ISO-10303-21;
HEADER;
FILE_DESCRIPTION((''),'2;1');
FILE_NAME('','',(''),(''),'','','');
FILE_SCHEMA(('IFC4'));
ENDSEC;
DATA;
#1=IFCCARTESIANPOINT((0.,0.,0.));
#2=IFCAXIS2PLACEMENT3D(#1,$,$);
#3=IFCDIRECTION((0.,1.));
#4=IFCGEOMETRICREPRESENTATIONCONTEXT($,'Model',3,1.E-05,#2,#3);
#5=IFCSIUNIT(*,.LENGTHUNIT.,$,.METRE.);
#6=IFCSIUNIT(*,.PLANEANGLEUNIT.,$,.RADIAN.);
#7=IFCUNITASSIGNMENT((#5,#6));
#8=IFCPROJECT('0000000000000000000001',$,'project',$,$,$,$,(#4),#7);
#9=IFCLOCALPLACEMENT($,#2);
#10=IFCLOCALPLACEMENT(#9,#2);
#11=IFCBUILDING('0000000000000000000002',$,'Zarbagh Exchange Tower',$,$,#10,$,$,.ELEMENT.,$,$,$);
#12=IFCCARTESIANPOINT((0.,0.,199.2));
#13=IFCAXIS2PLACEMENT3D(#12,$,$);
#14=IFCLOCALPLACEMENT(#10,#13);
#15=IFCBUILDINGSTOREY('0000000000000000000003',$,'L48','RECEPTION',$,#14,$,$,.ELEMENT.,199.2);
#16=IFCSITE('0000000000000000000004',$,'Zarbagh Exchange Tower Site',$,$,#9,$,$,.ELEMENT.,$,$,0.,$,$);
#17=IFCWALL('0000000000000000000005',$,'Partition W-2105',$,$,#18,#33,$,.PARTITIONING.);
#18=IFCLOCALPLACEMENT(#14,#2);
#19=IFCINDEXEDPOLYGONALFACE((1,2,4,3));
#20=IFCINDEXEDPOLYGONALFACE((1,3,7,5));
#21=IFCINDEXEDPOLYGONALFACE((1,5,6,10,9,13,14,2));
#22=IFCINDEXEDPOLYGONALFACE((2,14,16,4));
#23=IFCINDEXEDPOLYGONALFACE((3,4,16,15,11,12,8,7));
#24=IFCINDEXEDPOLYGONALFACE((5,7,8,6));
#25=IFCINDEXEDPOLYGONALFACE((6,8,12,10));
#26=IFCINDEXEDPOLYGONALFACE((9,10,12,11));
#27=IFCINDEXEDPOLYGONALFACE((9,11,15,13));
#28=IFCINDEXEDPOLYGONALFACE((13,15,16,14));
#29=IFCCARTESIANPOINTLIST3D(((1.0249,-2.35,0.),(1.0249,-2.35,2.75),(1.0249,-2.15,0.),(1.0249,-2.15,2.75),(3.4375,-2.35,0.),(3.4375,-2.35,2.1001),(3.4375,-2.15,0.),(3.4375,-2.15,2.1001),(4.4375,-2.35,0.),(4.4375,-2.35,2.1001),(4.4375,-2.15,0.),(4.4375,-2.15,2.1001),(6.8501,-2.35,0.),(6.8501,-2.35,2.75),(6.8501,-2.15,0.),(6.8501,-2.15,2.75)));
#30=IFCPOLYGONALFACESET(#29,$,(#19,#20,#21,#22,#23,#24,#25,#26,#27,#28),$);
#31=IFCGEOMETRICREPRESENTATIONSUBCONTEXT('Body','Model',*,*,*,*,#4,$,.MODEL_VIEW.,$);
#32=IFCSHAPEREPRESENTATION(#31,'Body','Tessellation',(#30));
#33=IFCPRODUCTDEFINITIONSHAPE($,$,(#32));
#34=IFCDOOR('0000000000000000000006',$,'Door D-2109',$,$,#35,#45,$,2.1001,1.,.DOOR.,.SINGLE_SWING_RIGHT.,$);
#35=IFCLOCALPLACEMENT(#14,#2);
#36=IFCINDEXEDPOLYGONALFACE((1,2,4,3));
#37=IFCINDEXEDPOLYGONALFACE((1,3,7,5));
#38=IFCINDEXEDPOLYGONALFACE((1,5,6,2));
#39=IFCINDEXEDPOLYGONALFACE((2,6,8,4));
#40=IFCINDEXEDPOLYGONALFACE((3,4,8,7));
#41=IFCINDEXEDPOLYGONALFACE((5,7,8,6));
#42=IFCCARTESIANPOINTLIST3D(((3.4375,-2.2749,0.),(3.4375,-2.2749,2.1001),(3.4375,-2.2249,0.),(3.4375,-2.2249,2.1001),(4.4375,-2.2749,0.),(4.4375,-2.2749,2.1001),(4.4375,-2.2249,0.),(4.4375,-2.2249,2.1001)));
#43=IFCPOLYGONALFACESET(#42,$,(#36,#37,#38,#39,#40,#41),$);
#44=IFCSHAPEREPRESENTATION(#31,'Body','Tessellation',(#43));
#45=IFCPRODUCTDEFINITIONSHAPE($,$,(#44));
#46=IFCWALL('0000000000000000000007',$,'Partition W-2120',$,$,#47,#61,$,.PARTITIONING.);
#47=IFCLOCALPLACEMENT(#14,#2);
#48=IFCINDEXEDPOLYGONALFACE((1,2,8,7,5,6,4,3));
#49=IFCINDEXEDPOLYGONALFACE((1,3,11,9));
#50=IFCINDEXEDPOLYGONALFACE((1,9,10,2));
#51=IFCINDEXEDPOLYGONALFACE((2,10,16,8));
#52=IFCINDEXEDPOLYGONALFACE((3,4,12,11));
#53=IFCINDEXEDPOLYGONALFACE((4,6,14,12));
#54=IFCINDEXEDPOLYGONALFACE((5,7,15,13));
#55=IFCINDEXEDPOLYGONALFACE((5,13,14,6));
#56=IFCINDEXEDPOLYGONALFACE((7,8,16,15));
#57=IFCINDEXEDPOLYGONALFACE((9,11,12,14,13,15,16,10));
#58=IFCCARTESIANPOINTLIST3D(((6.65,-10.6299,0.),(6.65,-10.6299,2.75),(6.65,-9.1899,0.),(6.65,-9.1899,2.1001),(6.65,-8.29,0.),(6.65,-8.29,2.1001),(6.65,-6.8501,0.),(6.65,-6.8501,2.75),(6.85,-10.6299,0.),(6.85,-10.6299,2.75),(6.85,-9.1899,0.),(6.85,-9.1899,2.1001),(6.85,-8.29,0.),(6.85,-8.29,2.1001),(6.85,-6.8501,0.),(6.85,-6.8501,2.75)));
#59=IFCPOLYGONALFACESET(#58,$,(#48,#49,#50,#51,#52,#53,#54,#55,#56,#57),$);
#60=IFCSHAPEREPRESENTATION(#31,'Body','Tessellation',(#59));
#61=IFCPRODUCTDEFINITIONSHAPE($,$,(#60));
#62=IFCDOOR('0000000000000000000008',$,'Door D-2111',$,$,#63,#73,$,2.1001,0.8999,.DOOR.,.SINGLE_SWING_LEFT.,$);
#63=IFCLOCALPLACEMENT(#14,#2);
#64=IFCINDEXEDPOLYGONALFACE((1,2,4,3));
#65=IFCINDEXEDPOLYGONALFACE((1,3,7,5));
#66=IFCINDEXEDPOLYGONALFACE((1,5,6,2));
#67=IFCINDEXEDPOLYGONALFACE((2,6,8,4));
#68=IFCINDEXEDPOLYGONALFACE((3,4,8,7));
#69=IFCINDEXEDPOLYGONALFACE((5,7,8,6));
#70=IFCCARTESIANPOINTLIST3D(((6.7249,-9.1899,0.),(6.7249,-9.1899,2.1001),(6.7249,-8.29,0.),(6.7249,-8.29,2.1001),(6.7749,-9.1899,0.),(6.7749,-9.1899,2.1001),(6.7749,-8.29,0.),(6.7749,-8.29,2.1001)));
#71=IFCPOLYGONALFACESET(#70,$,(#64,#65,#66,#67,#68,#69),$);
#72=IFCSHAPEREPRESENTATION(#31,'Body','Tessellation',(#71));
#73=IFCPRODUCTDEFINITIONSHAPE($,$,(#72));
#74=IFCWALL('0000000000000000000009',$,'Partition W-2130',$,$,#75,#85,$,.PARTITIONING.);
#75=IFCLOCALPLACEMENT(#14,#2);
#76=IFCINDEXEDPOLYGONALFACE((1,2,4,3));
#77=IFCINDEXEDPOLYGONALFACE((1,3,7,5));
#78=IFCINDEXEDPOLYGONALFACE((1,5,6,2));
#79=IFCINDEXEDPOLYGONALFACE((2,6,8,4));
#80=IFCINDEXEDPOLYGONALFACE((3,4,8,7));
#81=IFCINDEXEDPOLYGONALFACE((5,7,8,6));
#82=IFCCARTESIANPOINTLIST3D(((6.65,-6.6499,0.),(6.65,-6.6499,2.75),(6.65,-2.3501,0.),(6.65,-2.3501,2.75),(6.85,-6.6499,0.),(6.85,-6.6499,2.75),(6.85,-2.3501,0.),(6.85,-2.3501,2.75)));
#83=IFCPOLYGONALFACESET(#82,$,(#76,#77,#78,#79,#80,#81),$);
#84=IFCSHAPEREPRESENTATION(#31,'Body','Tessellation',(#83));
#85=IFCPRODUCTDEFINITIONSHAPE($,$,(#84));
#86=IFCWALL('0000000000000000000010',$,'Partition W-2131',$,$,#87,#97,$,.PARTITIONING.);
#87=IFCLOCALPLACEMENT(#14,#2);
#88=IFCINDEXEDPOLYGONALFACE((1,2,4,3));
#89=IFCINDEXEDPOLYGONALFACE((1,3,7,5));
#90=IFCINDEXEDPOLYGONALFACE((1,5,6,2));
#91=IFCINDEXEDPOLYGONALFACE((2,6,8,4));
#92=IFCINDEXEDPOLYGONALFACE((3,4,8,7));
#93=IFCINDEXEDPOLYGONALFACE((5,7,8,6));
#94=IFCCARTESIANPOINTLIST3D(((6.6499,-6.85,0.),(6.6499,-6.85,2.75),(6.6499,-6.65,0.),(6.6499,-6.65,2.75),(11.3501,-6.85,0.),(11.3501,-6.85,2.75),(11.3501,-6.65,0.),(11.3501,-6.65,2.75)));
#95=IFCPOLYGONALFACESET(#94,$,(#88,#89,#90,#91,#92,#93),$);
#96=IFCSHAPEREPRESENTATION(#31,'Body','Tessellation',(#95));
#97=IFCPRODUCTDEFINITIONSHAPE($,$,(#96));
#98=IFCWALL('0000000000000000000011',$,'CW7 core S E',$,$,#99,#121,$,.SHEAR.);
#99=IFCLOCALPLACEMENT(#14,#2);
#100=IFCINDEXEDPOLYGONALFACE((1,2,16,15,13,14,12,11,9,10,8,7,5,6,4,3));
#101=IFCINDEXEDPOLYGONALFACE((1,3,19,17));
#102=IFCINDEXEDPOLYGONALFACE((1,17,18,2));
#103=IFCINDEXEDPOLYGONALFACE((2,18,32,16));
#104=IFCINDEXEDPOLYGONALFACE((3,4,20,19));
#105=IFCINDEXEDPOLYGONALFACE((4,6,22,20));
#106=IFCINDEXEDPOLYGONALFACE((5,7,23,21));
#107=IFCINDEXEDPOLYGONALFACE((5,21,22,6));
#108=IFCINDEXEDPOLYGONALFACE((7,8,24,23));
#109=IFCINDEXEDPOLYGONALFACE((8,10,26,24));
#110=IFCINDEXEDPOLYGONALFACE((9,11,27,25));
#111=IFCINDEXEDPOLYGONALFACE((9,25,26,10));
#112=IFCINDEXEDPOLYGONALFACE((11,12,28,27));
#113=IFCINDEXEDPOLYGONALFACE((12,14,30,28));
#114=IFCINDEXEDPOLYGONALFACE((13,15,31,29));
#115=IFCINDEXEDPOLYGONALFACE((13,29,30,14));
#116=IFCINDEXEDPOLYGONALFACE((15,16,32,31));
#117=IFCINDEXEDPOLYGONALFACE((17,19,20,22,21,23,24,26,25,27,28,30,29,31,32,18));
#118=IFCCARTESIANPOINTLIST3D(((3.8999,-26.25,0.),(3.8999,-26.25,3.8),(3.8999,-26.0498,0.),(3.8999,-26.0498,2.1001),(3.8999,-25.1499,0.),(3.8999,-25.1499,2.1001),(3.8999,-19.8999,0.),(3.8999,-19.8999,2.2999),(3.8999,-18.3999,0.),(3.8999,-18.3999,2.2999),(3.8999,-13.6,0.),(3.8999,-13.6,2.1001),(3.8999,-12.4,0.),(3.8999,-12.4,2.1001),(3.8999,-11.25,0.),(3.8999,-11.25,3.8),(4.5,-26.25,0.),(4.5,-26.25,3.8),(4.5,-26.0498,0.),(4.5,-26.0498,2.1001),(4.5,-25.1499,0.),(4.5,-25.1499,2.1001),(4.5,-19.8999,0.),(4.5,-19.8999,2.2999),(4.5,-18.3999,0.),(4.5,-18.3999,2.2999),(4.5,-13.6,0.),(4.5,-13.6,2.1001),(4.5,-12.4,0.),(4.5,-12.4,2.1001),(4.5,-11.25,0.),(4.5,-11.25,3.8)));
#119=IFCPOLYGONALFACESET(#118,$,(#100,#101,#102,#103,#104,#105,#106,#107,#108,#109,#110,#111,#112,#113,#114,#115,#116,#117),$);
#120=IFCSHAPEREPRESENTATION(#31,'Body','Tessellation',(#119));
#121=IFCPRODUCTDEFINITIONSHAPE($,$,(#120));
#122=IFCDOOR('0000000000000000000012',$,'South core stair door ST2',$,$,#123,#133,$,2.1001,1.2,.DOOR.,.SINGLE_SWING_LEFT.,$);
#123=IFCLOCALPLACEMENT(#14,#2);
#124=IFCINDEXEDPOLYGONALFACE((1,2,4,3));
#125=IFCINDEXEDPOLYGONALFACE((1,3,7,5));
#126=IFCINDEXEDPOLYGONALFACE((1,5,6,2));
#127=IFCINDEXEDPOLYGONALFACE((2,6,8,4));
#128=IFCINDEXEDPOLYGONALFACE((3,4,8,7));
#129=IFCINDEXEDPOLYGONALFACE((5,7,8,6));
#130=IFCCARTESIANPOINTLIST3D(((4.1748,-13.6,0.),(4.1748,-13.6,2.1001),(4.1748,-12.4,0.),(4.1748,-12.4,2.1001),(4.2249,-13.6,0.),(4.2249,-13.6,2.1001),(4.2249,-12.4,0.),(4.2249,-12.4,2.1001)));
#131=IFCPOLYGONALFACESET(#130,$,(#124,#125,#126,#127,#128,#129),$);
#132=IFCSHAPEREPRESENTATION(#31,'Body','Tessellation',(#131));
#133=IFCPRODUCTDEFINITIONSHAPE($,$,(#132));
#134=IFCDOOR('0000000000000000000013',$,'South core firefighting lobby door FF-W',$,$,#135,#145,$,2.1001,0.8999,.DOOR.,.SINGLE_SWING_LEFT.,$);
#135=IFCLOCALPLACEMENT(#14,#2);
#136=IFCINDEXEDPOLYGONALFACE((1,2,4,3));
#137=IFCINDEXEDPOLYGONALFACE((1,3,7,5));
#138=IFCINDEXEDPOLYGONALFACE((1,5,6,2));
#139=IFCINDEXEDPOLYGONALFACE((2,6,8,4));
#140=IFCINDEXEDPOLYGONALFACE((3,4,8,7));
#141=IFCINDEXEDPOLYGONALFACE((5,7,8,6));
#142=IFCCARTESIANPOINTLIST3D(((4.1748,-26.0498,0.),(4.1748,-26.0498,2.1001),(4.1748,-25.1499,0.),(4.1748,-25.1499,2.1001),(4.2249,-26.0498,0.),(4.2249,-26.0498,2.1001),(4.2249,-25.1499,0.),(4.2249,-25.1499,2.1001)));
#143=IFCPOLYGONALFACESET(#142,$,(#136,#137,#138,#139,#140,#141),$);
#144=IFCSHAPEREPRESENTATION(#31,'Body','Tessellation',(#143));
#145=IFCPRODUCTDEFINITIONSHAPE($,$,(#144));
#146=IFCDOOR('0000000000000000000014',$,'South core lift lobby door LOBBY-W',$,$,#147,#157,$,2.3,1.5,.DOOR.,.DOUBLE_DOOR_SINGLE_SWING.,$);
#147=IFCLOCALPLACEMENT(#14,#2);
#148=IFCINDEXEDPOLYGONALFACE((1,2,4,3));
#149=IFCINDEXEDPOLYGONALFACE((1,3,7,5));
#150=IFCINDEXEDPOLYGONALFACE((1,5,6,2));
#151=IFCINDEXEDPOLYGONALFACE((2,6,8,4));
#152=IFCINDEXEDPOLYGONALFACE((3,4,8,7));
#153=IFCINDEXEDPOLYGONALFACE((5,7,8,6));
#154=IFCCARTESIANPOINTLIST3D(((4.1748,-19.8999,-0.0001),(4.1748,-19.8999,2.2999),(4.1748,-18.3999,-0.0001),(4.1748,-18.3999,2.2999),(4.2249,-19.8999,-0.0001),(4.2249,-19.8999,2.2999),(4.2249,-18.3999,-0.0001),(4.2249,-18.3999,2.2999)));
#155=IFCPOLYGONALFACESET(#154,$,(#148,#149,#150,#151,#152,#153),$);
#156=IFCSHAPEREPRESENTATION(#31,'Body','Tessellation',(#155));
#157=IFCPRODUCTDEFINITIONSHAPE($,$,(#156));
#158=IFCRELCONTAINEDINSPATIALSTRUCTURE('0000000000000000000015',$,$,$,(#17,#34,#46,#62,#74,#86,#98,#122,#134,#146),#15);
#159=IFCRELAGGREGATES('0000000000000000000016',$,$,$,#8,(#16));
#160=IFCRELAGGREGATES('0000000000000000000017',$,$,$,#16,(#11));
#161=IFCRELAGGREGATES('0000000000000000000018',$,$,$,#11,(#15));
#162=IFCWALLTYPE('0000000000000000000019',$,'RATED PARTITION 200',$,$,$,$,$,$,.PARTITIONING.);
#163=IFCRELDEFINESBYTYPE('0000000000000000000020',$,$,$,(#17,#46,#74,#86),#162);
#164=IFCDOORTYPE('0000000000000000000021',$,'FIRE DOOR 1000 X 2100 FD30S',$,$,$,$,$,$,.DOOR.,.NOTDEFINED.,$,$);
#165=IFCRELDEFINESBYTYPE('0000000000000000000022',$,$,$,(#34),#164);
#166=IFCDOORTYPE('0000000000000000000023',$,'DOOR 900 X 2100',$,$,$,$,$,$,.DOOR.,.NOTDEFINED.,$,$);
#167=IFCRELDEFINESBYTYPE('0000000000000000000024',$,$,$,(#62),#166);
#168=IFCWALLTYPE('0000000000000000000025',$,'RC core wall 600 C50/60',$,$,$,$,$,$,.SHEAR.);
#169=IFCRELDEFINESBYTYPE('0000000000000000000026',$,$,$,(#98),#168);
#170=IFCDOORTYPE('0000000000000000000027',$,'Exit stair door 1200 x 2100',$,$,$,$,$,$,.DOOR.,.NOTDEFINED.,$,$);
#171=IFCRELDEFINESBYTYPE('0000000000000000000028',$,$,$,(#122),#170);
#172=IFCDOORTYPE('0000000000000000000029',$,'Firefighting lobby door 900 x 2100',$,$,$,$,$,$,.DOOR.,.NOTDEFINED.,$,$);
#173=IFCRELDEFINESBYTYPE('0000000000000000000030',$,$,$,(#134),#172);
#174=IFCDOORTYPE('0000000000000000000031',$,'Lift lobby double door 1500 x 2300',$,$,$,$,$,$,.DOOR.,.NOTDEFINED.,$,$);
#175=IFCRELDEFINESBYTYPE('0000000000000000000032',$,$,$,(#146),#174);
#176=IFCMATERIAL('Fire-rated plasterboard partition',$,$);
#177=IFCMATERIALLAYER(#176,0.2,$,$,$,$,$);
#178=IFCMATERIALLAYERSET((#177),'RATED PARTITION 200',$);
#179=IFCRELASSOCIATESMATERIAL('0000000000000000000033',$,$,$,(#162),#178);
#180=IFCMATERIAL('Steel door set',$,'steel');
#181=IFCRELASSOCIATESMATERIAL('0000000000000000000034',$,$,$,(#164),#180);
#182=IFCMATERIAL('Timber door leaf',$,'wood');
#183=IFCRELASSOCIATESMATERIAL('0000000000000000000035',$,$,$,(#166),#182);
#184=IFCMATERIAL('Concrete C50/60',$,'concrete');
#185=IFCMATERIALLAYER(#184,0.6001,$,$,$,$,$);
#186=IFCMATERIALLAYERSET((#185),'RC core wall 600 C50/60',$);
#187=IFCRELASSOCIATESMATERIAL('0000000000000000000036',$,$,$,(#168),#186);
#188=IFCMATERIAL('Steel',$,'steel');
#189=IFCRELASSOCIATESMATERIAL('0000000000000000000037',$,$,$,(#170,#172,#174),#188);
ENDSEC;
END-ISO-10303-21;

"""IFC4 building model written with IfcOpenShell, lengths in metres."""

from ifc_helpers import new_model, si_unit, direction, frame, frame_2d, origin, place, context, subcontext, project, spatial, rectangle, extrude, material, layer, layer_set, type_object, element, fill, save


model = new_model("IFC4")

# Units and contexts
model_context = context("Model", 3, precision=1e-05, world=origin(), true_north=direction((0.0, 1.0)))
body_context = subcontext(model_context, "Body", "Model", "MODEL_VIEW")
ifc_project = project(units=[si_unit("LENGTHUNIT", "METRE"), si_unit("PLANEANGLEUNIT", "RADIAN")], contexts=[model_context])

# Site, building, storey
site_placement = place(None, origin())
site = spatial("IfcSite", under=ifc_project, at=site_placement, Name="Zarbagh Exchange Tower Site", CompositionType="ELEMENT", RefElevation=0.0)
building_placement = place(site_placement, origin())
building = spatial("IfcBuilding", under=site, at=building_placement, Name="Zarbagh Exchange Tower", CompositionType="ELEMENT")
storey_placement = place(building_placement, frame((0.0, 0.0, 199.2)))
storey = spatial("IfcBuildingStorey", under=building, at=storey_placement, Name="L48", Description="RECEPTION", CompositionType="ELEMENT", Elevation=199.2)

# Shared definitions
ifc_material_1 = material(Name="Concrete C50/60", Category="concrete")

# Walls, openings, doors
ifc_material_2 = material(Name="Fire-rated plasterboard partition")
ifc_layer_1 = layer(ifc_material_2, 0.2)
ifc_layer_set_1 = layer_set([ifc_layer_1], Name="RATED PARTITION 200")
wall_type_1 = type_object("IfcWallType", Name="RATED PARTITION 200", PredefinedType="PARTITIONING", material=ifc_layer_set_1)
wall_1_placement = place(storey_placement, frame((6.8501, -2.25, 0.0), z_axis=(0.0, 0.0, 1.0), x_axis=(-1.0, 0.0, 0.0)))
wall_1 = element("IfcWall", 1, at=wall_1_placement, inside=storey, type_object=wall_type_1, Name="Partition W-2105", PredefinedType="PARTITIONING", context=body_context, shape_type="SweptSolid", body=[
    extrude(rectangle(XDim=5.8252, YDim=0.2, at=frame_2d((2.9126, 0.0))), origin(), (0.0, 0.0, 1.0), 2.75),
])
opening_1_placement = place(wall_1_placement, frame((2.4126, 0.0, 0.0)))
opening_1 = element("IfcOpeningElement", 2, at=opening_1_placement, cuts=wall_1, PredefinedType="OPENING", context=body_context, shape_type="SweptSolid", body=[
    extrude(rectangle(XDim=1.0, YDim=2.1001, at=frame_2d((0.5, 1.05))), frame((0.0, 0.1099, 0.0), z_axis=(0.0, -1.0, 0.0), x_axis=(1.0, 0.0, 0.0)), (0.0, 0.0, 1.0), 0.22),
])
ifc_material_3 = material(Name="Steel door set", Category="steel")
door_type_1 = type_object("IfcDoorType", Name="FIRE DOOR 1000 X 2100 FD30S", OperationType="NOTDEFINED", PredefinedType="DOOR", material=ifc_material_3)
door_1_placement = place(opening_1_placement, origin())
door_1 = element("IfcDoor", 3, at=door_1_placement, inside=storey, type_object=door_type_1, Name="Door D-2109", OperationType="SINGLE_SWING_RIGHT", OverallHeight=2.1001, OverallWidth=1.0, PredefinedType="DOOR", context=body_context, shape_type="SweptSolid", body=[
    extrude(rectangle(XDim=1.0, YDim=2.1001, at=frame_2d((0.5, 1.05))), frame((0.0, 0.0249, 0.0), z_axis=(0.0, -1.0, 0.0), x_axis=(1.0, 0.0, 0.0)), (0.0, 0.0, 1.0), 0.05),
])
fill(opening_1, door_1)
wall_2_placement = place(storey_placement, frame((6.75, -6.8501, 0.0), z_axis=(0.0, 0.0, 1.0), x_axis=(0.0, -1.0, 0.0)))
wall_2 = element("IfcWall", 4, at=wall_2_placement, inside=storey, type_object=wall_type_1, Name="Partition W-2120", PredefinedType="PARTITIONING", context=body_context, shape_type="SweptSolid", body=[
    extrude(rectangle(XDim=3.7798, YDim=0.2, at=frame_2d((1.8899, 0.0))), origin(), (0.0, 0.0, 1.0), 2.75),
])
opening_2_placement = place(wall_2_placement, frame((1.4399, 0.0, 0.0)))
opening_2 = element("IfcOpeningElement", 5, at=opening_2_placement, cuts=wall_2, PredefinedType="OPENING", context=body_context, shape_type="SweptSolid", body=[
    extrude(rectangle(XDim=0.8999, YDim=2.1001, at=frame_2d((0.45, 1.05))), frame((0.0, 0.1099, 0.0), z_axis=(0.0, -1.0, 0.0), x_axis=(1.0, 0.0, 0.0)), (0.0, 0.0, 1.0), 0.22),
])
ifc_material_4 = material(Name="Timber door leaf", Category="wood")
door_type_2 = type_object("IfcDoorType", Name="DOOR 900 X 2100", OperationType="NOTDEFINED", PredefinedType="DOOR", material=ifc_material_4)
door_2_placement = place(opening_2_placement, origin())
door_2 = element("IfcDoor", 6, at=door_2_placement, inside=storey, type_object=door_type_2, Name="Door D-2111", OperationType="SINGLE_SWING_LEFT", OverallHeight=2.1001, OverallWidth=0.8999, PredefinedType="DOOR", context=body_context, shape_type="SweptSolid", body=[
    extrude(rectangle(XDim=0.8999, YDim=2.1001, at=frame_2d((0.45, 1.05))), frame((0.0, 0.0249, 0.0), z_axis=(0.0, -1.0, 0.0), x_axis=(1.0, 0.0, 0.0)), (0.0, 0.0, 1.0), 0.05),
])
fill(opening_2, door_2)

# Walls
wall_3_placement = place(storey_placement, frame((6.75, -6.6499, 0.0), z_axis=(0.0, 0.0, 1.0), x_axis=(0.0, 1.0, 0.0)))
element("IfcWall", 7, at=wall_3_placement, inside=storey, type_object=wall_type_1, Name="Partition W-2130", PredefinedType="PARTITIONING", context=body_context, shape_type="SweptSolid", body=[
    extrude(rectangle(XDim=4.2998, YDim=0.2, at=frame_2d((2.1499, 0.0))), origin(), (0.0, 0.0, 1.0), 2.75),
])
wall_4_placement = place(storey_placement, frame((6.6499, -6.75, 0.0), z_axis=(0.0, 0.0, 1.0), x_axis=(1.0, 0.0, 0.0)))
element("IfcWall", 8, at=wall_4_placement, inside=storey, type_object=wall_type_1, Name="Partition W-2131", PredefinedType="PARTITIONING", context=body_context, shape_type="SweptSolid", body=[
    extrude(rectangle(XDim=4.7002, YDim=0.2, at=frame_2d((2.3501, 0.0))), origin(), (0.0, 0.0, 1.0), 2.75),
])

# Wall, openings, doors
ifc_layer_2 = layer(ifc_material_1, 0.6001)
ifc_layer_set_2 = layer_set([ifc_layer_2], Name="RC core wall 600 C50/60")
wall_type_2 = type_object("IfcWallType", Name="RC core wall 600 C50/60", PredefinedType="SHEAR", material=ifc_layer_set_2)
wall_5_placement = place(storey_placement, frame((4.2, -11.25, 0.0), z_axis=(0.0, 0.0, 1.0), x_axis=(0.0, -1.0, 0.0)))
wall_5 = element("IfcWall", 9, at=wall_5_placement, inside=storey, type_object=wall_type_2, Name="CW7 core S E", PredefinedType="SHEAR", context=body_context, shape_type="SweptSolid", body=[
    extrude(rectangle(XDim=15.0, YDim=0.6001, at=frame_2d((7.5, 0.0))), origin(), (0.0, 0.0, 1.0), 3.8),
])
opening_3_placement = place(wall_5_placement, frame((7.1499, 0.0, 0.0)))
opening_3 = element("IfcOpeningElement", 10, at=opening_3_placement, cuts=wall_5, PredefinedType="OPENING", context=body_context, shape_type="SweptSolid", body=[
    extrude(rectangle(XDim=1.5, YDim=2.3, at=frame_2d((0.75, 1.1499))), frame((0.0, 0.3101, 0.0), z_axis=(0.0, -1.0, 0.0), x_axis=(1.0, 0.0, 0.0)), (0.0, 0.0, 1.0), 0.6201),
])
opening_4_placement = place(wall_5_placement, frame((13.8999, 0.0, 0.0)))
opening_4 = element("IfcOpeningElement", 11, at=opening_4_placement, cuts=wall_5, PredefinedType="OPENING", context=body_context, shape_type="SweptSolid", body=[
    extrude(rectangle(XDim=0.8999, YDim=2.1001, at=frame_2d((0.45, 1.05))), frame((0.0, 0.3101, 0.0), z_axis=(0.0, -1.0, 0.0), x_axis=(1.0, 0.0, 0.0)), (0.0, 0.0, 1.0), 0.6201),
])
opening_5_placement = place(wall_5_placement, frame((1.1499, 0.0, 0.0)))
opening_5 = element("IfcOpeningElement", 12, at=opening_5_placement, cuts=wall_5, PredefinedType="OPENING", context=body_context, shape_type="SweptSolid", body=[
    extrude(rectangle(XDim=1.2, YDim=2.1001, at=frame_2d((0.6001, 1.05))), frame((0.0, 0.3101, 0.0), z_axis=(0.0, -1.0, 0.0), x_axis=(1.0, 0.0, 0.0)), (0.0, 0.0, 1.0), 0.6201),
])
ifc_material_5 = material(Name="Steel", Category="steel")
door_type_3 = type_object("IfcDoorType", Name="Exit stair door 1200 x 2100", OperationType="NOTDEFINED", PredefinedType="DOOR", material=ifc_material_5)
door_3_placement = place(opening_5_placement, origin())
door_3 = element("IfcDoor", 13, at=door_3_placement, inside=storey, type_object=door_type_3, Name="South core stair door ST2", OperationType="SINGLE_SWING_LEFT", OverallHeight=2.1001, OverallWidth=1.2, PredefinedType="DOOR", context=body_context, shape_type="SweptSolid", body=[
    extrude(rectangle(XDim=1.2, YDim=2.1001, at=frame_2d((0.6001, 1.05))), frame((0.0, 0.0249, 0.0), z_axis=(0.0, -1.0, 0.0), x_axis=(1.0, 0.0, 0.0)), (0.0, 0.0, 1.0), 0.05),
])
fill(opening_5, door_3)
door_type_4 = type_object("IfcDoorType", Name="Firefighting lobby door 900 x 2100", OperationType="NOTDEFINED", PredefinedType="DOOR", material=ifc_material_5)
door_4_placement = place(opening_4_placement, origin())
door_4 = element("IfcDoor", 14, at=door_4_placement, inside=storey, type_object=door_type_4, Name="South core firefighting lobby door FF-W", OperationType="SINGLE_SWING_LEFT", OverallHeight=2.1001, OverallWidth=0.8999, PredefinedType="DOOR", context=body_context, shape_type="SweptSolid", body=[
    extrude(rectangle(XDim=0.8999, YDim=2.1001, at=frame_2d((0.45, 1.05))), frame((0.0, 0.0249, 0.0), z_axis=(0.0, -1.0, 0.0), x_axis=(1.0, 0.0, 0.0)), (0.0, 0.0, 1.0), 0.05),
])
fill(opening_4, door_4)
door_type_5 = type_object("IfcDoorType", Name="Lift lobby double door 1500 x 2300", OperationType="NOTDEFINED", PredefinedType="DOOR", material=ifc_material_5)
door_5_placement = place(opening_3_placement, origin())
door_5 = element("IfcDoor", 15, at=door_5_placement, inside=storey, type_object=door_type_5, Name="South core lift lobby door LOBBY-W", OperationType="DOUBLE_DOOR_SINGLE_SWING", OverallHeight=2.3, OverallWidth=1.5, PredefinedType="DOOR", context=body_context, shape_type="SweptSolid", body=[
    extrude(rectangle(XDim=1.5, YDim=2.3, at=frame_2d((0.75, 1.1499))), frame((0.0, 0.0249, 0.0), z_axis=(0.0, -1.0, 0.0), x_axis=(1.0, 0.0, 0.0)), (0.0, 0.0, 1.0), 0.05),
])
fill(opening_3, door_5)

save(model, "model.ifc")
